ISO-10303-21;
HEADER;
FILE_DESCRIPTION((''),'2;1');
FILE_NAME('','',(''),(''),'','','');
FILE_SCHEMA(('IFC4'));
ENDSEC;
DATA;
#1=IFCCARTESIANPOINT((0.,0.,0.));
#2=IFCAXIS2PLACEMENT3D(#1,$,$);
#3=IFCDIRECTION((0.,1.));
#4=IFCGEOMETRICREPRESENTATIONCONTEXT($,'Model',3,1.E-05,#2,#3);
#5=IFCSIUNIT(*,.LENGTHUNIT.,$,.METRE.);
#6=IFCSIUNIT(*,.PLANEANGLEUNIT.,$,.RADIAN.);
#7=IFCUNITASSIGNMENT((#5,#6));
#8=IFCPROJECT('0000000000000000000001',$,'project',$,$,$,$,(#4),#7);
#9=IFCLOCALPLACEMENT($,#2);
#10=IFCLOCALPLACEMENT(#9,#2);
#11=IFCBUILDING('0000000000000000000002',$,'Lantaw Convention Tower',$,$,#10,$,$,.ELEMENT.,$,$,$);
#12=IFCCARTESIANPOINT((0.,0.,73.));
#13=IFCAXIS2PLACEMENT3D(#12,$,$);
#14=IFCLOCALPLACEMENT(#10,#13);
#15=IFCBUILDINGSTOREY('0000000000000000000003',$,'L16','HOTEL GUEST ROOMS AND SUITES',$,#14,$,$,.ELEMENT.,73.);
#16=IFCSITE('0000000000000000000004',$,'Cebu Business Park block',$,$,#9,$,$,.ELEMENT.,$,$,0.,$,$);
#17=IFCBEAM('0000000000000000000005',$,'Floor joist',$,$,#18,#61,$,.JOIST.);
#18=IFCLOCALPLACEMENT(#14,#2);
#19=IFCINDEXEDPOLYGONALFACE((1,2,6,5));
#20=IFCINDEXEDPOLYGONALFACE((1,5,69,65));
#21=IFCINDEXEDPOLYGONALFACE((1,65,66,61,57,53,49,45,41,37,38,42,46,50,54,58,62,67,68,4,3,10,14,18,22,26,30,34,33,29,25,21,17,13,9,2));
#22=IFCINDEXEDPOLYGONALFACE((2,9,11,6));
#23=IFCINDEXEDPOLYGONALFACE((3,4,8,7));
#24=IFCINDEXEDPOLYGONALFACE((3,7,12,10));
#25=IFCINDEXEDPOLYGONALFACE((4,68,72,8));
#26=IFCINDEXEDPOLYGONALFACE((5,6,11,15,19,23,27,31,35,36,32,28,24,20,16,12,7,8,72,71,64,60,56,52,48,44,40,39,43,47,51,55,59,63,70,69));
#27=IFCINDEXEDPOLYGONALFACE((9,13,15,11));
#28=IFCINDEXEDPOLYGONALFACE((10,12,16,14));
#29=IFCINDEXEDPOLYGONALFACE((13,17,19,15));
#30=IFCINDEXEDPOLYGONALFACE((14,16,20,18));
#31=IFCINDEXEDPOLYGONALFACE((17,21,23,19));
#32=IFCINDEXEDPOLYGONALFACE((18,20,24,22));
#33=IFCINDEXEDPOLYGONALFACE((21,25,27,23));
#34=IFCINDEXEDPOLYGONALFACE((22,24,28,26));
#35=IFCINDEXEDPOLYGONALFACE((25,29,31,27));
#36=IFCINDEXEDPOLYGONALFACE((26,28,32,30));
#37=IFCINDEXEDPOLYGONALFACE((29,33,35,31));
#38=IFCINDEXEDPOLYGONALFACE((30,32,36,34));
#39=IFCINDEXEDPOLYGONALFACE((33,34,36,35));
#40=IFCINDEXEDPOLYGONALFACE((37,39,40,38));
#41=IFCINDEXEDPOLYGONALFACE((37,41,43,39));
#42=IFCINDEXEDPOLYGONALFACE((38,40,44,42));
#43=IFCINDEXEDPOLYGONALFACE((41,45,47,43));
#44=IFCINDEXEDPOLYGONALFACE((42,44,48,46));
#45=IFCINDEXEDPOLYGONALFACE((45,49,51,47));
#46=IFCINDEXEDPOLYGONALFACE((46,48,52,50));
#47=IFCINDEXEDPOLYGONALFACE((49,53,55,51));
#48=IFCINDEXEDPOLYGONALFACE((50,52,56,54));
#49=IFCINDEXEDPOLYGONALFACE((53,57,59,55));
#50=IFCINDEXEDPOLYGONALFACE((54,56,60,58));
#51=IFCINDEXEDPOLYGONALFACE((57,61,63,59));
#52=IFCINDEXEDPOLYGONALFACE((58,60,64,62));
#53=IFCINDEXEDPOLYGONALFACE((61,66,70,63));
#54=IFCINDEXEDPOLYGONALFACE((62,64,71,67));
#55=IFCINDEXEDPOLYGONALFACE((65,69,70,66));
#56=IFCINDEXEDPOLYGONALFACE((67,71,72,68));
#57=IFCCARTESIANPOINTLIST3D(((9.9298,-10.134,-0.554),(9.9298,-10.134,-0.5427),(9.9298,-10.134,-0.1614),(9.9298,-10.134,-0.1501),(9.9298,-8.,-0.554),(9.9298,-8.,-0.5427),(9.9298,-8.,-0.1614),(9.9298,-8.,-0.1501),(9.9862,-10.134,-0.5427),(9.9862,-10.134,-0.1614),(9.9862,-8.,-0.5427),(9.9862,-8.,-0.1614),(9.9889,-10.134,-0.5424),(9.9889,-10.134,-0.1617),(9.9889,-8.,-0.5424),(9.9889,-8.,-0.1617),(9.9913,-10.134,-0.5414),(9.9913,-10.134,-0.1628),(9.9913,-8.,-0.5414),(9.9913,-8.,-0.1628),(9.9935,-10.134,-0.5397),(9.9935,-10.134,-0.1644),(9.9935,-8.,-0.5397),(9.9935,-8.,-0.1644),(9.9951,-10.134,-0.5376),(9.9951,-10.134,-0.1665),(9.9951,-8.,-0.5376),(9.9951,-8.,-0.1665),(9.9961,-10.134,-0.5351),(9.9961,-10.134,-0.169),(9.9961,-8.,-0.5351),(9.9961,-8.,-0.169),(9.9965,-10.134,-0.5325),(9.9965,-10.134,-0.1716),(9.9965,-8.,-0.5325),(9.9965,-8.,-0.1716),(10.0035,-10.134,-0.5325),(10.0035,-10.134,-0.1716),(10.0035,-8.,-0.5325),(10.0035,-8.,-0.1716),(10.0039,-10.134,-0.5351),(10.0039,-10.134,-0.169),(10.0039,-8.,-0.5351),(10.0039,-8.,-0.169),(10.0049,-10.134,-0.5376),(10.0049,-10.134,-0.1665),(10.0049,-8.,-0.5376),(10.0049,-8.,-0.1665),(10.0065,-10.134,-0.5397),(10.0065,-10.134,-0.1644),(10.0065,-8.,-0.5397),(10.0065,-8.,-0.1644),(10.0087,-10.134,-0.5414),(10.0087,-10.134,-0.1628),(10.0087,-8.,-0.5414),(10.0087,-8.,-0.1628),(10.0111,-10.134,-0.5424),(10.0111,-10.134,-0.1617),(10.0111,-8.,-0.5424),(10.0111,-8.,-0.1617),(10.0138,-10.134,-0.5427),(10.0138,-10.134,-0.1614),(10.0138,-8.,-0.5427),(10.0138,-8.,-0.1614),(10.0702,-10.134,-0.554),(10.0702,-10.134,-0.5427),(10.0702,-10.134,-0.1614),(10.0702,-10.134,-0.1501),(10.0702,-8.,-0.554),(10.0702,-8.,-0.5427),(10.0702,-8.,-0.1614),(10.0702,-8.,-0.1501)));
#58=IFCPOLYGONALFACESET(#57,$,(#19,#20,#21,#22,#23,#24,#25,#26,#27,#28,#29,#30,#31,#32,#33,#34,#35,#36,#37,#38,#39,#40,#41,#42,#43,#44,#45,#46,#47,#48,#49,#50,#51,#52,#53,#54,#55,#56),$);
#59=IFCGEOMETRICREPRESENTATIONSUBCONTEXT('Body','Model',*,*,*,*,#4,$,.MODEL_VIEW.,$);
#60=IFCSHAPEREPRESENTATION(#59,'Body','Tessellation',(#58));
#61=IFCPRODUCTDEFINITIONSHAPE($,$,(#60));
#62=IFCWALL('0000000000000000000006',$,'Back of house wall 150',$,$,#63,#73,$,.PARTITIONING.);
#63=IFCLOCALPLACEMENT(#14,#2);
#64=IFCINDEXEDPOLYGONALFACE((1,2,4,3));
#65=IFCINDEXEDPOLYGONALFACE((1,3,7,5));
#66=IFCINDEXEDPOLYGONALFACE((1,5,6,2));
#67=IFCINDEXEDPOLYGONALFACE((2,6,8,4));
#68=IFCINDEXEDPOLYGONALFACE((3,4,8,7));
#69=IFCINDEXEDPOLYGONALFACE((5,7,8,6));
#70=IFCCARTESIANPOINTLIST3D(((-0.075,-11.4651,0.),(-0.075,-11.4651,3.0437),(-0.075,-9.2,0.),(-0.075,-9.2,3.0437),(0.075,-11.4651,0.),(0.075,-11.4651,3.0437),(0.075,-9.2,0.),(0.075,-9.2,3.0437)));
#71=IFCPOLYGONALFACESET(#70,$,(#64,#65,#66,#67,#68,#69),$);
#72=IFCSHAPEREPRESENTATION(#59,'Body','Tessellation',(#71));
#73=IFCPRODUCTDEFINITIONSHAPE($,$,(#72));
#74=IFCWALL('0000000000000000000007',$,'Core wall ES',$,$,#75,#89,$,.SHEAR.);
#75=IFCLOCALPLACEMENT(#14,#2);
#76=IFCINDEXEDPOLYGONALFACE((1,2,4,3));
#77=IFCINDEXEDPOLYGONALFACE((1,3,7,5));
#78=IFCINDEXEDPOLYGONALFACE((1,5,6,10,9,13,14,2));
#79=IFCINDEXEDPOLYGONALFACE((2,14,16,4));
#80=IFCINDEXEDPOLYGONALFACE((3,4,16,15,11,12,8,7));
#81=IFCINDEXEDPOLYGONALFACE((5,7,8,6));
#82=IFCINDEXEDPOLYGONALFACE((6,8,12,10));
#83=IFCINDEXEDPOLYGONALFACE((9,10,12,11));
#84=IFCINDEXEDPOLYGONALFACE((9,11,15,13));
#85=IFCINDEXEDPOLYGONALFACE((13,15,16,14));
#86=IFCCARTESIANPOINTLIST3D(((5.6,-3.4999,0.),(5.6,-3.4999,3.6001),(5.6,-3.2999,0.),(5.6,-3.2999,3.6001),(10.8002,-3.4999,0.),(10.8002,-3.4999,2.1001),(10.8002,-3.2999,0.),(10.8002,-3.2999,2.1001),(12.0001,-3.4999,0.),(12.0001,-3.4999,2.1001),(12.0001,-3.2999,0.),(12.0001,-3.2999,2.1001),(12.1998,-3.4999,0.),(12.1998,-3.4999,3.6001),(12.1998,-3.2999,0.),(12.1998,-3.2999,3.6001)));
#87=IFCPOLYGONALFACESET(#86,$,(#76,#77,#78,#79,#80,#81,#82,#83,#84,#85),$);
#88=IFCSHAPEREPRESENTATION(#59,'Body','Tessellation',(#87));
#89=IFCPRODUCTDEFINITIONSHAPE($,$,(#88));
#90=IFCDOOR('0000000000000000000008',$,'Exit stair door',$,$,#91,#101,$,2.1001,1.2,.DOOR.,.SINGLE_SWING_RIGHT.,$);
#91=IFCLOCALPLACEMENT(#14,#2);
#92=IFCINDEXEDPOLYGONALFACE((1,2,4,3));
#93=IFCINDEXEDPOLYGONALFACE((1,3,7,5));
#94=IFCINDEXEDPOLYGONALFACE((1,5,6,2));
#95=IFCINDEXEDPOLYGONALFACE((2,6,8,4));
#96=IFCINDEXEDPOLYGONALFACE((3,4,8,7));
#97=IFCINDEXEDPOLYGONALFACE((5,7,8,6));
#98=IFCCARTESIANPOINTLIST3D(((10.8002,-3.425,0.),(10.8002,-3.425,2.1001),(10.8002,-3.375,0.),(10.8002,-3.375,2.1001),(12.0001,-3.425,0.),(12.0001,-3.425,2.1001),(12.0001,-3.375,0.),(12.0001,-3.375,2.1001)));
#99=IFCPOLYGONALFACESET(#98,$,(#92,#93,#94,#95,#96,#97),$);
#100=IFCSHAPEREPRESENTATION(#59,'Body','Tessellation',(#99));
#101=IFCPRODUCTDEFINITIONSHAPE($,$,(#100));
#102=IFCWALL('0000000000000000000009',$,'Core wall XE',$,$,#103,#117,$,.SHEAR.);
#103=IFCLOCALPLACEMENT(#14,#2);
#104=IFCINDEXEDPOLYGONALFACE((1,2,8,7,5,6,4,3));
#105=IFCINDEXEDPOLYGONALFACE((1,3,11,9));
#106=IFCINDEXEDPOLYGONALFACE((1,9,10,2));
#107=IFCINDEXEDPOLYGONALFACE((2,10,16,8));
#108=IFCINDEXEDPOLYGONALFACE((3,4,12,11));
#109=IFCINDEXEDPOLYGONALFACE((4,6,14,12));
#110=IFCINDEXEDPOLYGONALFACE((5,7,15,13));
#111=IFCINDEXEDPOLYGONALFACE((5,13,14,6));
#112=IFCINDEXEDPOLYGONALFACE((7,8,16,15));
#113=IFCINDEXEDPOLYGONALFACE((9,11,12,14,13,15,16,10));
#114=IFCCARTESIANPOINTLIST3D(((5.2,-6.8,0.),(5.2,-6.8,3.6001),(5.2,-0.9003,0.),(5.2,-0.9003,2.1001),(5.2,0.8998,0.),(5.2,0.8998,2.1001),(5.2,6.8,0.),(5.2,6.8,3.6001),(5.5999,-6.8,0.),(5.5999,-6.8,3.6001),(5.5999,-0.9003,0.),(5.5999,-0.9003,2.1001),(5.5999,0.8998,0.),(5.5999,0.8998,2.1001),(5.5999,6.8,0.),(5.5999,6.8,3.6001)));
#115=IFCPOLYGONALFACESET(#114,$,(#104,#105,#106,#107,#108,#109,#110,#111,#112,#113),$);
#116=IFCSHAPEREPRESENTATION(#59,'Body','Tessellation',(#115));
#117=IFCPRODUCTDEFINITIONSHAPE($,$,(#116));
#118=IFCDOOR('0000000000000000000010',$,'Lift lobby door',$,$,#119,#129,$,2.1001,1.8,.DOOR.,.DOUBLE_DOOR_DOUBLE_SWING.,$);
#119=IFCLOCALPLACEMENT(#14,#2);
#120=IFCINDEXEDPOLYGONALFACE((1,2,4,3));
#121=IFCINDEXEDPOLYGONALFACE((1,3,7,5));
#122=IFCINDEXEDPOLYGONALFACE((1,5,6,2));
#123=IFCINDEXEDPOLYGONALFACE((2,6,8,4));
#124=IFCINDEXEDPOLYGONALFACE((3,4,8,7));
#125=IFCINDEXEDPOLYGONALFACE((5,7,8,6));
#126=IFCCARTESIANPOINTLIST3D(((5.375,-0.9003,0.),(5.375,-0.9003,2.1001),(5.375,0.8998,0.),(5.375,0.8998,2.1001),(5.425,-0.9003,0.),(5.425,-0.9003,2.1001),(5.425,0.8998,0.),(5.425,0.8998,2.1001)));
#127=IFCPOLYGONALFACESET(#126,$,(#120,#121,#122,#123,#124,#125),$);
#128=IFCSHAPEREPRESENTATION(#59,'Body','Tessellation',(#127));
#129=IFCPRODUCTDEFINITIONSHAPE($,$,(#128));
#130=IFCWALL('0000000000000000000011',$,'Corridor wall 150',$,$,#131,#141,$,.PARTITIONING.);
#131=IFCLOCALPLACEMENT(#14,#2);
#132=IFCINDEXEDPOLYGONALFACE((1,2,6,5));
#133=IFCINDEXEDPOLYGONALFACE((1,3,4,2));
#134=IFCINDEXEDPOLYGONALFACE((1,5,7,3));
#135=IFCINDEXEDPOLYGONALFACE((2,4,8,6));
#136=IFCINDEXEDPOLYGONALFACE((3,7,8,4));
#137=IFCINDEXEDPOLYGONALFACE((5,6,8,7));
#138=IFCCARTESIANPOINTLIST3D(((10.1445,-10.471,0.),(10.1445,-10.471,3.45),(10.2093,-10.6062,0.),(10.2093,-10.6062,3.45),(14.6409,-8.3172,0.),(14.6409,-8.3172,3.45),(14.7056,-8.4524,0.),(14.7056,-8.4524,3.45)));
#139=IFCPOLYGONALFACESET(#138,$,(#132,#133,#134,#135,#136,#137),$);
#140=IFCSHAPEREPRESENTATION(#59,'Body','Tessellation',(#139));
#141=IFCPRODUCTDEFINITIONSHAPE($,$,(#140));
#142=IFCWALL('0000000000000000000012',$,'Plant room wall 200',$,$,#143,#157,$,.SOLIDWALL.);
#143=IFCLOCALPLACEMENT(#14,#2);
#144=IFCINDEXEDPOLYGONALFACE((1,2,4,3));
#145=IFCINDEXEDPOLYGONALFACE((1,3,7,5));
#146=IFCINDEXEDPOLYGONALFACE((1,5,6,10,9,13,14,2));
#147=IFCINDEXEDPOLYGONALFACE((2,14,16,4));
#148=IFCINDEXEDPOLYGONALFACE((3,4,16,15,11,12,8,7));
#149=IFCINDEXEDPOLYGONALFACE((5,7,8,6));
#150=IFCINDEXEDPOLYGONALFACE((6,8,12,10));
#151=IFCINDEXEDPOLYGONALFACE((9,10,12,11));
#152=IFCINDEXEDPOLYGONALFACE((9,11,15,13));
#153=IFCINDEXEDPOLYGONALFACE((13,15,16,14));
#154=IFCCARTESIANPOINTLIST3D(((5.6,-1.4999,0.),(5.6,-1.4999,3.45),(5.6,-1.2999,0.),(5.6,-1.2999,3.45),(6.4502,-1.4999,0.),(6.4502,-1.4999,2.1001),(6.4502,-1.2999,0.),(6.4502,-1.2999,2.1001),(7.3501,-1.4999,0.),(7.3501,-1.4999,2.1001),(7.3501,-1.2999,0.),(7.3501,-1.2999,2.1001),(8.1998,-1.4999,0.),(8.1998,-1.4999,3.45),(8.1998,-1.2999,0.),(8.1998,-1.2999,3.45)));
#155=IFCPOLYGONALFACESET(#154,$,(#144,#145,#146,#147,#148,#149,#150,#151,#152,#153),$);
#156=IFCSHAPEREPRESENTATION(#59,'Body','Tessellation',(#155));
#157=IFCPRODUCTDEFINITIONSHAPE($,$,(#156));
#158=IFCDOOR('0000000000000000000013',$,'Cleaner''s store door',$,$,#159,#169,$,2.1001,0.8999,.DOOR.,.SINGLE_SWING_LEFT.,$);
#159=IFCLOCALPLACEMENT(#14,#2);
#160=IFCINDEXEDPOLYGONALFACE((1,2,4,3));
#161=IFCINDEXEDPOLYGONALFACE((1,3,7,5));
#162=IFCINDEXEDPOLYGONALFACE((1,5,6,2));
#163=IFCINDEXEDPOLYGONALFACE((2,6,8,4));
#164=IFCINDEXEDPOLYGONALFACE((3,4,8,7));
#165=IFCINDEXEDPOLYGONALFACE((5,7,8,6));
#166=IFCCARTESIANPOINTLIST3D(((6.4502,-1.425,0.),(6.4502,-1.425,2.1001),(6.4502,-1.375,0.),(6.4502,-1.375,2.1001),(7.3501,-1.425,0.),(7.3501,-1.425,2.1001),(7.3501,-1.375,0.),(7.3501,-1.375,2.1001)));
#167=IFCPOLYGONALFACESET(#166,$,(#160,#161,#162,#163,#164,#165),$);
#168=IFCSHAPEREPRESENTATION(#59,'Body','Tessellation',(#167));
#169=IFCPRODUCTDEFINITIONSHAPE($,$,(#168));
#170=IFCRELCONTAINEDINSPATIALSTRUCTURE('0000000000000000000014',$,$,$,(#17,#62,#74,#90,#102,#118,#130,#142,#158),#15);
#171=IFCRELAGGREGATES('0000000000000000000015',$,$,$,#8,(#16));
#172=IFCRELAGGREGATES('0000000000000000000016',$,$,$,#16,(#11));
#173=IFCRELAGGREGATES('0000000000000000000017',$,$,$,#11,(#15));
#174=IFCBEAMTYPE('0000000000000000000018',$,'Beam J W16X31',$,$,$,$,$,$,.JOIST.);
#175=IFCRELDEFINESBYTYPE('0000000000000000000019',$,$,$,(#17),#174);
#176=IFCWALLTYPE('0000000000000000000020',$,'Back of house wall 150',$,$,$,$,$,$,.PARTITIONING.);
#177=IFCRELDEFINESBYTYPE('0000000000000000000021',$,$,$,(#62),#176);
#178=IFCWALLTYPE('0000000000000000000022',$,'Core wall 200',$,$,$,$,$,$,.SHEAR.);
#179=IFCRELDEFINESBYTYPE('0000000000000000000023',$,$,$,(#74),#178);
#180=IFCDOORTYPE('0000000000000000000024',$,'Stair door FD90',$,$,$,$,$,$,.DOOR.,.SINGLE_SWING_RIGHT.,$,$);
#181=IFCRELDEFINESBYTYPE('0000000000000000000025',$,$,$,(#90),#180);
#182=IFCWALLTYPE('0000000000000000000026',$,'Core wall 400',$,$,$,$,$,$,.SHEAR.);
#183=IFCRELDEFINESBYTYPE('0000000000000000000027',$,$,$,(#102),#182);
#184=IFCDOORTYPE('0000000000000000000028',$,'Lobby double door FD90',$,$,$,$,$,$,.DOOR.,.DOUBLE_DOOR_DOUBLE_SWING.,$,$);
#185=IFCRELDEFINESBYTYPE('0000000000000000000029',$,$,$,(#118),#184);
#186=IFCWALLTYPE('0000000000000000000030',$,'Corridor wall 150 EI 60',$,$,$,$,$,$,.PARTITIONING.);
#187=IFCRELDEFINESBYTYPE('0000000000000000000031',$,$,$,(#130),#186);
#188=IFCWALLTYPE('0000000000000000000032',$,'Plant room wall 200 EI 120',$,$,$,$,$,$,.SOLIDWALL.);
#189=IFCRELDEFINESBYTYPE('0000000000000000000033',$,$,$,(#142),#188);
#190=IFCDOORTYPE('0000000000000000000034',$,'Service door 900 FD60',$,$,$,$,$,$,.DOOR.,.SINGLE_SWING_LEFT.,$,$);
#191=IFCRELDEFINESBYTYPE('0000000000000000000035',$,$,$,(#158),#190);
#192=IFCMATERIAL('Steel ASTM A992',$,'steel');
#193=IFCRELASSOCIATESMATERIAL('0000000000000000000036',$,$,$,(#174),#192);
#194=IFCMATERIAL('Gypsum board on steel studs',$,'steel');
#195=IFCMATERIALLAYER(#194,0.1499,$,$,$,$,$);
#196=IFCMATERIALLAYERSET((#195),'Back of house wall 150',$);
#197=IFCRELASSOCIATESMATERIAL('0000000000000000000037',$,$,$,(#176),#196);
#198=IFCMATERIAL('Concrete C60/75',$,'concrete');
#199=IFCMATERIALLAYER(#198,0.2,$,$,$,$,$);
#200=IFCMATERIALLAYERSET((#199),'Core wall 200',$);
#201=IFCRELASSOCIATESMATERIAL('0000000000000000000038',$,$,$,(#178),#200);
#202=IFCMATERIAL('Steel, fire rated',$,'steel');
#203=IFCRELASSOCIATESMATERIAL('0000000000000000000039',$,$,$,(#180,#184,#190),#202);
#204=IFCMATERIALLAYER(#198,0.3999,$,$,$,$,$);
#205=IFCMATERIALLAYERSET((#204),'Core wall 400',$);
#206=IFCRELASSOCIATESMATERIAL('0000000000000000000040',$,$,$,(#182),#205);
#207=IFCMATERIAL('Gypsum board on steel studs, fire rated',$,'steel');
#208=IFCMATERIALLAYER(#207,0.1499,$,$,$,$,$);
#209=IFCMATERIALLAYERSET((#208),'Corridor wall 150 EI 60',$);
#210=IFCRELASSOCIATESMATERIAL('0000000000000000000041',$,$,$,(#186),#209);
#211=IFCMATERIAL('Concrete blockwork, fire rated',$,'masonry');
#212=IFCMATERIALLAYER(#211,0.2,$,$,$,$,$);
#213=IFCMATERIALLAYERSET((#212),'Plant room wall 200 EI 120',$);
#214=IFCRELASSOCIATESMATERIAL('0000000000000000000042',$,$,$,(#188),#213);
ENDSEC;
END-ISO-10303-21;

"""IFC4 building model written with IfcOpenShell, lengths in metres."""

from ifc_helpers import new_model, si_unit, direction, frame, frame_2d, origin, origin_2d, place, context, subcontext, project, spatial, rectangle, i_section, extrude, material, layer, layer_set, material_profile, profile_set, type_object, element, fill, save


model = new_model("IFC4")

# Units and contexts
model_context = context("Model", 3, precision=1e-05, world=origin(), true_north=direction((0.0, 1.0)))
body_context = subcontext(model_context, "Body", "Model", "MODEL_VIEW")
ifc_project = project(units=[si_unit("LENGTHUNIT", "METRE"), si_unit("PLANEANGLEUNIT", "RADIAN")], contexts=[model_context])

# Site, building, storey
site_placement = place(None, origin())
site = spatial("IfcSite", under=ifc_project, at=site_placement, Name="Cebu Business Park block", CompositionType="ELEMENT", RefElevation=0.0)
building_placement = place(site_placement, origin())
building = spatial("IfcBuilding", under=site, at=building_placement, Name="Lantaw Convention Tower", CompositionType="ELEMENT")
storey_placement = place(building_placement, frame((0.0, 0.0, 73.0)))
storey = spatial("IfcBuildingStorey", under=building, at=storey_placement, Name="L16", Description="HOTEL GUEST ROOMS AND SUITES", CompositionType="ELEMENT", Elevation=73.0)

# Beam
ifc_material_1 = material(Name="Steel ASTM A992", Category="steel")
ifc_material_profile_1 = material_profile(ifc_material_1, i_section(OverallWidth=0.1404, OverallDepth=0.4038, WebThickness=0.0071, FlangeThickness=0.0112, FilletRadius=0.0103, at=origin_2d()), Name="W16X31")
ifc_profile_set_1 = profile_set([ifc_material_profile_1], Name="Steel ASTM A992")
beam_type_1 = type_object("IfcBeamType", Name="Beam J W16X31", PredefinedType="JOIST", material=ifc_profile_set_1)
beam_1_placement = place(storey_placement, frame((10.0, -10.134, -0.3521), z_axis=(0.0, 1.0, 0.0), x_axis=(-1.0, 0.0, 0.0)))
element("IfcBeam", 1, at=beam_1_placement, inside=storey, type_object=beam_type_1, Name="Floor joist", PredefinedType="JOIST", context=body_context, shape_type="SweptSolid", body=[
    extrude(i_section(OverallWidth=0.1404, OverallDepth=0.4038, WebThickness=0.0071, FlangeThickness=0.0112, FilletRadius=0.0103, at=origin_2d()), origin(), (0.0, 0.0, 1.0), 2.134),
])

# Wall
ifc_material_2 = material(Name="Gypsum board on steel studs", Category="steel")
ifc_layer_1 = layer(ifc_material_2, 0.1499)
ifc_layer_set_1 = layer_set([ifc_layer_1], Name="Back of house wall 150")
wall_type_1 = type_object("IfcWallType", Name="Back of house wall 150", PredefinedType="PARTITIONING", material=ifc_layer_set_1)
wall_1_placement = place(storey_placement, frame((0.0, -9.2, 0.0), z_axis=(0.0, 0.0, 1.0), x_axis=(0.0, -1.0, 0.0)))
element("IfcWall", 2, at=wall_1_placement, inside=storey, type_object=wall_type_1, Name="Back of house wall 150", PredefinedType="PARTITIONING", context=body_context, shape_type="SweptSolid", body=[
    extrude(rectangle(XDim=2.2651, YDim=0.1499, at=frame_2d((1.1326, 0.0))), origin(), (0.0, 0.0, 1.0), 3.0437),
])

# Walls, openings, doors
ifc_material_3 = material(Name="Concrete C60/75", Category="concrete")
ifc_layer_2 = layer(ifc_material_3, 0.2)
ifc_layer_set_2 = layer_set([ifc_layer_2], Name="Core wall 200")
wall_type_2 = type_object("IfcWallType", Name="Core wall 200", PredefinedType="SHEAR", material=ifc_layer_set_2)
wall_2_placement = place(storey_placement, frame((5.6001, -3.3999, 0.0), z_axis=(0.0, 0.0, 1.0), x_axis=(1.0, 0.0, 0.0)))
wall_2 = element("IfcWall", 3, at=wall_2_placement, inside=storey, type_object=wall_type_2, Name="Core wall ES", PredefinedType="SHEAR", context=body_context, shape_type="SweptSolid", body=[
    extrude(rectangle(XDim=6.5999, YDim=0.2, at=frame_2d((3.2998, 0.0))), origin(), (0.0, 0.0, 1.0), 3.6001),
])
opening_1_placement = place(wall_2_placement, frame((5.2, 0.0, 0.0)))
opening_1 = element("IfcOpeningElement", 4, at=opening_1_placement, cuts=wall_2, PredefinedType="OPENING", context=body_context, shape_type="SweptSolid", body=[
    extrude(rectangle(XDim=1.2, YDim=2.1001, at=frame_2d((0.6001, 1.05))), frame((0.0, 0.1099, 0.0), z_axis=(0.0, -1.0, 0.0), x_axis=(1.0, 0.0, 0.0)), (0.0, 0.0, 1.0), 0.22),
])
ifc_material_4 = material(Name="Steel, fire rated", Category="steel")
door_type_1 = type_object("IfcDoorType", Name="Stair door FD90", OperationType="SINGLE_SWING_RIGHT", PredefinedType="DOOR", material=ifc_material_4)
door_1_placement = place(opening_1_placement, origin())
door_1 = element("IfcDoor", 5, at=door_1_placement, inside=storey, type_object=door_type_1, Name="Exit stair door", OperationType="SINGLE_SWING_RIGHT", OverallHeight=2.1001, OverallWidth=1.2, PredefinedType="DOOR", context=body_context, shape_type="SweptSolid", body=[
    extrude(rectangle(XDim=1.2, YDim=2.1001, at=frame_2d((0.6001, 1.05))), frame((0.0, 0.0249, 0.0), z_axis=(0.0, -1.0, 0.0), x_axis=(1.0, 0.0, 0.0)), (0.0, 0.0, 1.0), 0.05),
])
fill(opening_1, door_1)
ifc_layer_3 = layer(ifc_material_3, 0.3999)
ifc_layer_set_3 = layer_set([ifc_layer_3], Name="Core wall 400")
wall_type_3 = type_object("IfcWallType", Name="Core wall 400", PredefinedType="SHEAR", material=ifc_layer_set_3)
wall_3_placement = place(storey_placement, frame((5.3999, -6.8, 0.0), z_axis=(0.0, 0.0, 1.0), x_axis=(0.0, 1.0, 0.0)))
wall_3 = element("IfcWall", 6, at=wall_3_placement, inside=storey, type_object=wall_type_3, Name="Core wall XE", PredefinedType="SHEAR", context=body_context, shape_type="SweptSolid", body=[
    extrude(rectangle(XDim=13.6001, YDim=0.3999, at=frame_2d((6.8, 0.0))), origin(), (0.0, 0.0, 1.0), 3.6001),
])
opening_2_placement = place(wall_3_placement, frame((5.8999, 0.0, 0.0)))
opening_2 = element("IfcOpeningElement", 7, at=opening_2_placement, cuts=wall_3, PredefinedType="OPENING", context=body_context, shape_type="SweptSolid", body=[
    extrude(rectangle(XDim=1.8, YDim=2.1001, at=frame_2d((0.8999, 1.05))), frame((0.0, 0.21, 0.0), z_axis=(0.0, -1.0, 0.0), x_axis=(1.0, 0.0, 0.0)), (0.0, 0.0, 1.0), 0.4199),
])
door_type_2 = type_object("IfcDoorType", Name="Lobby double door FD90", OperationType="DOUBLE_DOOR_DOUBLE_SWING", PredefinedType="DOOR", material=ifc_material_4)
door_2_placement = place(opening_2_placement, origin())
door_2 = element("IfcDoor", 8, at=door_2_placement, inside=storey, type_object=door_type_2, Name="Lift lobby door", OperationType="DOUBLE_DOOR_DOUBLE_SWING", OverallHeight=2.1001, OverallWidth=1.8, PredefinedType="DOOR", context=body_context, shape_type="SweptSolid", body=[
    extrude(rectangle(XDim=1.8, YDim=2.1001, at=frame_2d((0.8999, 1.05))), frame((0.0, 0.0249, 0.0), z_axis=(0.0, -1.0, 0.0), x_axis=(1.0, 0.0, 0.0)), (0.0, 0.0, 1.0), 0.05),
])
fill(opening_2, door_2)

# Wall
ifc_material_5 = material(Name="Gypsum board on steel studs, fire rated", Category="steel")
ifc_layer_4 = layer(ifc_material_5, 0.1499)
ifc_layer_set_4 = layer_set([ifc_layer_4], Name="Corridor wall 150 EI 60")
wall_type_4 = type_object("IfcWallType", Name="Corridor wall 150 EI 60", PredefinedType="PARTITIONING", material=ifc_layer_set_4)
wall_4_placement = place(storey_placement, frame((10.177, -10.5386, 0.0), z_axis=(0.0, 0.0, 1.0), x_axis=(0.90187, 0.432008, 0.0)))
element("IfcWall", 9, at=wall_4_placement, inside=storey, type_object=wall_type_4, Name="Corridor wall 150", PredefinedType="PARTITIONING", context=body_context, shape_type="SweptSolid", body=[
    extrude(rectangle(XDim=4.9856, YDim=0.1499, at=frame_2d((2.4927, 0.0))), origin(), (0.0, 0.0, 1.0), 3.45),
])

# Wall, opening, door
ifc_material_6 = material(Name="Concrete blockwork, fire rated", Category="masonry")
ifc_layer_5 = layer(ifc_material_6, 0.2)
ifc_layer_set_5 = layer_set([ifc_layer_5], Name="Plant room wall 200 EI 120")
wall_type_5 = type_object("IfcWallType", Name="Plant room wall 200 EI 120", PredefinedType="SOLIDWALL", material=ifc_layer_set_5)
wall_5_placement = place(storey_placement, frame((5.6001, -1.3999, 0.0), z_axis=(0.0, 0.0, 1.0), x_axis=(1.0, 0.0, 0.0)))
wall_5 = element("IfcWall", 10, at=wall_5_placement, inside=storey, type_object=wall_type_5, Name="Plant room wall 200", PredefinedType="SOLIDWALL", context=body_context, shape_type="SweptSolid", body=[
    extrude(rectangle(XDim=2.5999, YDim=0.2, at=frame_2d((1.2998, 0.0))), origin(), (0.0, 0.0, 1.0), 3.45),
])
opening_3_placement = place(wall_5_placement, frame((0.8501, 0.0, 0.0)))
opening_3 = element("IfcOpeningElement", 11, at=opening_3_placement, cuts=wall_5, PredefinedType="OPENING", context=body_context, shape_type="SweptSolid", body=[
    extrude(rectangle(XDim=0.8999, YDim=2.1001, at=frame_2d((0.45, 1.05))), frame((0.0, 0.1099, 0.0), z_axis=(0.0, -1.0, 0.0), x_axis=(1.0, 0.0, 0.0)), (0.0, 0.0, 1.0), 0.22),
])
door_type_3 = type_object("IfcDoorType", Name="Service door 900 FD60", OperationType="SINGLE_SWING_LEFT", PredefinedType="DOOR", material=ifc_material_4)
door_3_placement = place(opening_3_placement, origin())
door_3 = element("IfcDoor", 12, at=door_3_placement, inside=storey, type_object=door_type_3, Name="Cleaner's store door", OperationType="SINGLE_SWING_LEFT", OverallHeight=2.1001, OverallWidth=0.8999, PredefinedType="DOOR", context=body_context, shape_type="SweptSolid", body=[
    extrude(rectangle(XDim=0.8999, YDim=2.1001, at=frame_2d((0.45, 1.05))), frame((0.0, 0.0249, 0.0), z_axis=(0.0, -1.0, 0.0), x_axis=(1.0, 0.0, 0.0)), (0.0, 0.0, 1.0), 0.05),
])
fill(opening_3, door_3)

save(model, "model.ifc")
